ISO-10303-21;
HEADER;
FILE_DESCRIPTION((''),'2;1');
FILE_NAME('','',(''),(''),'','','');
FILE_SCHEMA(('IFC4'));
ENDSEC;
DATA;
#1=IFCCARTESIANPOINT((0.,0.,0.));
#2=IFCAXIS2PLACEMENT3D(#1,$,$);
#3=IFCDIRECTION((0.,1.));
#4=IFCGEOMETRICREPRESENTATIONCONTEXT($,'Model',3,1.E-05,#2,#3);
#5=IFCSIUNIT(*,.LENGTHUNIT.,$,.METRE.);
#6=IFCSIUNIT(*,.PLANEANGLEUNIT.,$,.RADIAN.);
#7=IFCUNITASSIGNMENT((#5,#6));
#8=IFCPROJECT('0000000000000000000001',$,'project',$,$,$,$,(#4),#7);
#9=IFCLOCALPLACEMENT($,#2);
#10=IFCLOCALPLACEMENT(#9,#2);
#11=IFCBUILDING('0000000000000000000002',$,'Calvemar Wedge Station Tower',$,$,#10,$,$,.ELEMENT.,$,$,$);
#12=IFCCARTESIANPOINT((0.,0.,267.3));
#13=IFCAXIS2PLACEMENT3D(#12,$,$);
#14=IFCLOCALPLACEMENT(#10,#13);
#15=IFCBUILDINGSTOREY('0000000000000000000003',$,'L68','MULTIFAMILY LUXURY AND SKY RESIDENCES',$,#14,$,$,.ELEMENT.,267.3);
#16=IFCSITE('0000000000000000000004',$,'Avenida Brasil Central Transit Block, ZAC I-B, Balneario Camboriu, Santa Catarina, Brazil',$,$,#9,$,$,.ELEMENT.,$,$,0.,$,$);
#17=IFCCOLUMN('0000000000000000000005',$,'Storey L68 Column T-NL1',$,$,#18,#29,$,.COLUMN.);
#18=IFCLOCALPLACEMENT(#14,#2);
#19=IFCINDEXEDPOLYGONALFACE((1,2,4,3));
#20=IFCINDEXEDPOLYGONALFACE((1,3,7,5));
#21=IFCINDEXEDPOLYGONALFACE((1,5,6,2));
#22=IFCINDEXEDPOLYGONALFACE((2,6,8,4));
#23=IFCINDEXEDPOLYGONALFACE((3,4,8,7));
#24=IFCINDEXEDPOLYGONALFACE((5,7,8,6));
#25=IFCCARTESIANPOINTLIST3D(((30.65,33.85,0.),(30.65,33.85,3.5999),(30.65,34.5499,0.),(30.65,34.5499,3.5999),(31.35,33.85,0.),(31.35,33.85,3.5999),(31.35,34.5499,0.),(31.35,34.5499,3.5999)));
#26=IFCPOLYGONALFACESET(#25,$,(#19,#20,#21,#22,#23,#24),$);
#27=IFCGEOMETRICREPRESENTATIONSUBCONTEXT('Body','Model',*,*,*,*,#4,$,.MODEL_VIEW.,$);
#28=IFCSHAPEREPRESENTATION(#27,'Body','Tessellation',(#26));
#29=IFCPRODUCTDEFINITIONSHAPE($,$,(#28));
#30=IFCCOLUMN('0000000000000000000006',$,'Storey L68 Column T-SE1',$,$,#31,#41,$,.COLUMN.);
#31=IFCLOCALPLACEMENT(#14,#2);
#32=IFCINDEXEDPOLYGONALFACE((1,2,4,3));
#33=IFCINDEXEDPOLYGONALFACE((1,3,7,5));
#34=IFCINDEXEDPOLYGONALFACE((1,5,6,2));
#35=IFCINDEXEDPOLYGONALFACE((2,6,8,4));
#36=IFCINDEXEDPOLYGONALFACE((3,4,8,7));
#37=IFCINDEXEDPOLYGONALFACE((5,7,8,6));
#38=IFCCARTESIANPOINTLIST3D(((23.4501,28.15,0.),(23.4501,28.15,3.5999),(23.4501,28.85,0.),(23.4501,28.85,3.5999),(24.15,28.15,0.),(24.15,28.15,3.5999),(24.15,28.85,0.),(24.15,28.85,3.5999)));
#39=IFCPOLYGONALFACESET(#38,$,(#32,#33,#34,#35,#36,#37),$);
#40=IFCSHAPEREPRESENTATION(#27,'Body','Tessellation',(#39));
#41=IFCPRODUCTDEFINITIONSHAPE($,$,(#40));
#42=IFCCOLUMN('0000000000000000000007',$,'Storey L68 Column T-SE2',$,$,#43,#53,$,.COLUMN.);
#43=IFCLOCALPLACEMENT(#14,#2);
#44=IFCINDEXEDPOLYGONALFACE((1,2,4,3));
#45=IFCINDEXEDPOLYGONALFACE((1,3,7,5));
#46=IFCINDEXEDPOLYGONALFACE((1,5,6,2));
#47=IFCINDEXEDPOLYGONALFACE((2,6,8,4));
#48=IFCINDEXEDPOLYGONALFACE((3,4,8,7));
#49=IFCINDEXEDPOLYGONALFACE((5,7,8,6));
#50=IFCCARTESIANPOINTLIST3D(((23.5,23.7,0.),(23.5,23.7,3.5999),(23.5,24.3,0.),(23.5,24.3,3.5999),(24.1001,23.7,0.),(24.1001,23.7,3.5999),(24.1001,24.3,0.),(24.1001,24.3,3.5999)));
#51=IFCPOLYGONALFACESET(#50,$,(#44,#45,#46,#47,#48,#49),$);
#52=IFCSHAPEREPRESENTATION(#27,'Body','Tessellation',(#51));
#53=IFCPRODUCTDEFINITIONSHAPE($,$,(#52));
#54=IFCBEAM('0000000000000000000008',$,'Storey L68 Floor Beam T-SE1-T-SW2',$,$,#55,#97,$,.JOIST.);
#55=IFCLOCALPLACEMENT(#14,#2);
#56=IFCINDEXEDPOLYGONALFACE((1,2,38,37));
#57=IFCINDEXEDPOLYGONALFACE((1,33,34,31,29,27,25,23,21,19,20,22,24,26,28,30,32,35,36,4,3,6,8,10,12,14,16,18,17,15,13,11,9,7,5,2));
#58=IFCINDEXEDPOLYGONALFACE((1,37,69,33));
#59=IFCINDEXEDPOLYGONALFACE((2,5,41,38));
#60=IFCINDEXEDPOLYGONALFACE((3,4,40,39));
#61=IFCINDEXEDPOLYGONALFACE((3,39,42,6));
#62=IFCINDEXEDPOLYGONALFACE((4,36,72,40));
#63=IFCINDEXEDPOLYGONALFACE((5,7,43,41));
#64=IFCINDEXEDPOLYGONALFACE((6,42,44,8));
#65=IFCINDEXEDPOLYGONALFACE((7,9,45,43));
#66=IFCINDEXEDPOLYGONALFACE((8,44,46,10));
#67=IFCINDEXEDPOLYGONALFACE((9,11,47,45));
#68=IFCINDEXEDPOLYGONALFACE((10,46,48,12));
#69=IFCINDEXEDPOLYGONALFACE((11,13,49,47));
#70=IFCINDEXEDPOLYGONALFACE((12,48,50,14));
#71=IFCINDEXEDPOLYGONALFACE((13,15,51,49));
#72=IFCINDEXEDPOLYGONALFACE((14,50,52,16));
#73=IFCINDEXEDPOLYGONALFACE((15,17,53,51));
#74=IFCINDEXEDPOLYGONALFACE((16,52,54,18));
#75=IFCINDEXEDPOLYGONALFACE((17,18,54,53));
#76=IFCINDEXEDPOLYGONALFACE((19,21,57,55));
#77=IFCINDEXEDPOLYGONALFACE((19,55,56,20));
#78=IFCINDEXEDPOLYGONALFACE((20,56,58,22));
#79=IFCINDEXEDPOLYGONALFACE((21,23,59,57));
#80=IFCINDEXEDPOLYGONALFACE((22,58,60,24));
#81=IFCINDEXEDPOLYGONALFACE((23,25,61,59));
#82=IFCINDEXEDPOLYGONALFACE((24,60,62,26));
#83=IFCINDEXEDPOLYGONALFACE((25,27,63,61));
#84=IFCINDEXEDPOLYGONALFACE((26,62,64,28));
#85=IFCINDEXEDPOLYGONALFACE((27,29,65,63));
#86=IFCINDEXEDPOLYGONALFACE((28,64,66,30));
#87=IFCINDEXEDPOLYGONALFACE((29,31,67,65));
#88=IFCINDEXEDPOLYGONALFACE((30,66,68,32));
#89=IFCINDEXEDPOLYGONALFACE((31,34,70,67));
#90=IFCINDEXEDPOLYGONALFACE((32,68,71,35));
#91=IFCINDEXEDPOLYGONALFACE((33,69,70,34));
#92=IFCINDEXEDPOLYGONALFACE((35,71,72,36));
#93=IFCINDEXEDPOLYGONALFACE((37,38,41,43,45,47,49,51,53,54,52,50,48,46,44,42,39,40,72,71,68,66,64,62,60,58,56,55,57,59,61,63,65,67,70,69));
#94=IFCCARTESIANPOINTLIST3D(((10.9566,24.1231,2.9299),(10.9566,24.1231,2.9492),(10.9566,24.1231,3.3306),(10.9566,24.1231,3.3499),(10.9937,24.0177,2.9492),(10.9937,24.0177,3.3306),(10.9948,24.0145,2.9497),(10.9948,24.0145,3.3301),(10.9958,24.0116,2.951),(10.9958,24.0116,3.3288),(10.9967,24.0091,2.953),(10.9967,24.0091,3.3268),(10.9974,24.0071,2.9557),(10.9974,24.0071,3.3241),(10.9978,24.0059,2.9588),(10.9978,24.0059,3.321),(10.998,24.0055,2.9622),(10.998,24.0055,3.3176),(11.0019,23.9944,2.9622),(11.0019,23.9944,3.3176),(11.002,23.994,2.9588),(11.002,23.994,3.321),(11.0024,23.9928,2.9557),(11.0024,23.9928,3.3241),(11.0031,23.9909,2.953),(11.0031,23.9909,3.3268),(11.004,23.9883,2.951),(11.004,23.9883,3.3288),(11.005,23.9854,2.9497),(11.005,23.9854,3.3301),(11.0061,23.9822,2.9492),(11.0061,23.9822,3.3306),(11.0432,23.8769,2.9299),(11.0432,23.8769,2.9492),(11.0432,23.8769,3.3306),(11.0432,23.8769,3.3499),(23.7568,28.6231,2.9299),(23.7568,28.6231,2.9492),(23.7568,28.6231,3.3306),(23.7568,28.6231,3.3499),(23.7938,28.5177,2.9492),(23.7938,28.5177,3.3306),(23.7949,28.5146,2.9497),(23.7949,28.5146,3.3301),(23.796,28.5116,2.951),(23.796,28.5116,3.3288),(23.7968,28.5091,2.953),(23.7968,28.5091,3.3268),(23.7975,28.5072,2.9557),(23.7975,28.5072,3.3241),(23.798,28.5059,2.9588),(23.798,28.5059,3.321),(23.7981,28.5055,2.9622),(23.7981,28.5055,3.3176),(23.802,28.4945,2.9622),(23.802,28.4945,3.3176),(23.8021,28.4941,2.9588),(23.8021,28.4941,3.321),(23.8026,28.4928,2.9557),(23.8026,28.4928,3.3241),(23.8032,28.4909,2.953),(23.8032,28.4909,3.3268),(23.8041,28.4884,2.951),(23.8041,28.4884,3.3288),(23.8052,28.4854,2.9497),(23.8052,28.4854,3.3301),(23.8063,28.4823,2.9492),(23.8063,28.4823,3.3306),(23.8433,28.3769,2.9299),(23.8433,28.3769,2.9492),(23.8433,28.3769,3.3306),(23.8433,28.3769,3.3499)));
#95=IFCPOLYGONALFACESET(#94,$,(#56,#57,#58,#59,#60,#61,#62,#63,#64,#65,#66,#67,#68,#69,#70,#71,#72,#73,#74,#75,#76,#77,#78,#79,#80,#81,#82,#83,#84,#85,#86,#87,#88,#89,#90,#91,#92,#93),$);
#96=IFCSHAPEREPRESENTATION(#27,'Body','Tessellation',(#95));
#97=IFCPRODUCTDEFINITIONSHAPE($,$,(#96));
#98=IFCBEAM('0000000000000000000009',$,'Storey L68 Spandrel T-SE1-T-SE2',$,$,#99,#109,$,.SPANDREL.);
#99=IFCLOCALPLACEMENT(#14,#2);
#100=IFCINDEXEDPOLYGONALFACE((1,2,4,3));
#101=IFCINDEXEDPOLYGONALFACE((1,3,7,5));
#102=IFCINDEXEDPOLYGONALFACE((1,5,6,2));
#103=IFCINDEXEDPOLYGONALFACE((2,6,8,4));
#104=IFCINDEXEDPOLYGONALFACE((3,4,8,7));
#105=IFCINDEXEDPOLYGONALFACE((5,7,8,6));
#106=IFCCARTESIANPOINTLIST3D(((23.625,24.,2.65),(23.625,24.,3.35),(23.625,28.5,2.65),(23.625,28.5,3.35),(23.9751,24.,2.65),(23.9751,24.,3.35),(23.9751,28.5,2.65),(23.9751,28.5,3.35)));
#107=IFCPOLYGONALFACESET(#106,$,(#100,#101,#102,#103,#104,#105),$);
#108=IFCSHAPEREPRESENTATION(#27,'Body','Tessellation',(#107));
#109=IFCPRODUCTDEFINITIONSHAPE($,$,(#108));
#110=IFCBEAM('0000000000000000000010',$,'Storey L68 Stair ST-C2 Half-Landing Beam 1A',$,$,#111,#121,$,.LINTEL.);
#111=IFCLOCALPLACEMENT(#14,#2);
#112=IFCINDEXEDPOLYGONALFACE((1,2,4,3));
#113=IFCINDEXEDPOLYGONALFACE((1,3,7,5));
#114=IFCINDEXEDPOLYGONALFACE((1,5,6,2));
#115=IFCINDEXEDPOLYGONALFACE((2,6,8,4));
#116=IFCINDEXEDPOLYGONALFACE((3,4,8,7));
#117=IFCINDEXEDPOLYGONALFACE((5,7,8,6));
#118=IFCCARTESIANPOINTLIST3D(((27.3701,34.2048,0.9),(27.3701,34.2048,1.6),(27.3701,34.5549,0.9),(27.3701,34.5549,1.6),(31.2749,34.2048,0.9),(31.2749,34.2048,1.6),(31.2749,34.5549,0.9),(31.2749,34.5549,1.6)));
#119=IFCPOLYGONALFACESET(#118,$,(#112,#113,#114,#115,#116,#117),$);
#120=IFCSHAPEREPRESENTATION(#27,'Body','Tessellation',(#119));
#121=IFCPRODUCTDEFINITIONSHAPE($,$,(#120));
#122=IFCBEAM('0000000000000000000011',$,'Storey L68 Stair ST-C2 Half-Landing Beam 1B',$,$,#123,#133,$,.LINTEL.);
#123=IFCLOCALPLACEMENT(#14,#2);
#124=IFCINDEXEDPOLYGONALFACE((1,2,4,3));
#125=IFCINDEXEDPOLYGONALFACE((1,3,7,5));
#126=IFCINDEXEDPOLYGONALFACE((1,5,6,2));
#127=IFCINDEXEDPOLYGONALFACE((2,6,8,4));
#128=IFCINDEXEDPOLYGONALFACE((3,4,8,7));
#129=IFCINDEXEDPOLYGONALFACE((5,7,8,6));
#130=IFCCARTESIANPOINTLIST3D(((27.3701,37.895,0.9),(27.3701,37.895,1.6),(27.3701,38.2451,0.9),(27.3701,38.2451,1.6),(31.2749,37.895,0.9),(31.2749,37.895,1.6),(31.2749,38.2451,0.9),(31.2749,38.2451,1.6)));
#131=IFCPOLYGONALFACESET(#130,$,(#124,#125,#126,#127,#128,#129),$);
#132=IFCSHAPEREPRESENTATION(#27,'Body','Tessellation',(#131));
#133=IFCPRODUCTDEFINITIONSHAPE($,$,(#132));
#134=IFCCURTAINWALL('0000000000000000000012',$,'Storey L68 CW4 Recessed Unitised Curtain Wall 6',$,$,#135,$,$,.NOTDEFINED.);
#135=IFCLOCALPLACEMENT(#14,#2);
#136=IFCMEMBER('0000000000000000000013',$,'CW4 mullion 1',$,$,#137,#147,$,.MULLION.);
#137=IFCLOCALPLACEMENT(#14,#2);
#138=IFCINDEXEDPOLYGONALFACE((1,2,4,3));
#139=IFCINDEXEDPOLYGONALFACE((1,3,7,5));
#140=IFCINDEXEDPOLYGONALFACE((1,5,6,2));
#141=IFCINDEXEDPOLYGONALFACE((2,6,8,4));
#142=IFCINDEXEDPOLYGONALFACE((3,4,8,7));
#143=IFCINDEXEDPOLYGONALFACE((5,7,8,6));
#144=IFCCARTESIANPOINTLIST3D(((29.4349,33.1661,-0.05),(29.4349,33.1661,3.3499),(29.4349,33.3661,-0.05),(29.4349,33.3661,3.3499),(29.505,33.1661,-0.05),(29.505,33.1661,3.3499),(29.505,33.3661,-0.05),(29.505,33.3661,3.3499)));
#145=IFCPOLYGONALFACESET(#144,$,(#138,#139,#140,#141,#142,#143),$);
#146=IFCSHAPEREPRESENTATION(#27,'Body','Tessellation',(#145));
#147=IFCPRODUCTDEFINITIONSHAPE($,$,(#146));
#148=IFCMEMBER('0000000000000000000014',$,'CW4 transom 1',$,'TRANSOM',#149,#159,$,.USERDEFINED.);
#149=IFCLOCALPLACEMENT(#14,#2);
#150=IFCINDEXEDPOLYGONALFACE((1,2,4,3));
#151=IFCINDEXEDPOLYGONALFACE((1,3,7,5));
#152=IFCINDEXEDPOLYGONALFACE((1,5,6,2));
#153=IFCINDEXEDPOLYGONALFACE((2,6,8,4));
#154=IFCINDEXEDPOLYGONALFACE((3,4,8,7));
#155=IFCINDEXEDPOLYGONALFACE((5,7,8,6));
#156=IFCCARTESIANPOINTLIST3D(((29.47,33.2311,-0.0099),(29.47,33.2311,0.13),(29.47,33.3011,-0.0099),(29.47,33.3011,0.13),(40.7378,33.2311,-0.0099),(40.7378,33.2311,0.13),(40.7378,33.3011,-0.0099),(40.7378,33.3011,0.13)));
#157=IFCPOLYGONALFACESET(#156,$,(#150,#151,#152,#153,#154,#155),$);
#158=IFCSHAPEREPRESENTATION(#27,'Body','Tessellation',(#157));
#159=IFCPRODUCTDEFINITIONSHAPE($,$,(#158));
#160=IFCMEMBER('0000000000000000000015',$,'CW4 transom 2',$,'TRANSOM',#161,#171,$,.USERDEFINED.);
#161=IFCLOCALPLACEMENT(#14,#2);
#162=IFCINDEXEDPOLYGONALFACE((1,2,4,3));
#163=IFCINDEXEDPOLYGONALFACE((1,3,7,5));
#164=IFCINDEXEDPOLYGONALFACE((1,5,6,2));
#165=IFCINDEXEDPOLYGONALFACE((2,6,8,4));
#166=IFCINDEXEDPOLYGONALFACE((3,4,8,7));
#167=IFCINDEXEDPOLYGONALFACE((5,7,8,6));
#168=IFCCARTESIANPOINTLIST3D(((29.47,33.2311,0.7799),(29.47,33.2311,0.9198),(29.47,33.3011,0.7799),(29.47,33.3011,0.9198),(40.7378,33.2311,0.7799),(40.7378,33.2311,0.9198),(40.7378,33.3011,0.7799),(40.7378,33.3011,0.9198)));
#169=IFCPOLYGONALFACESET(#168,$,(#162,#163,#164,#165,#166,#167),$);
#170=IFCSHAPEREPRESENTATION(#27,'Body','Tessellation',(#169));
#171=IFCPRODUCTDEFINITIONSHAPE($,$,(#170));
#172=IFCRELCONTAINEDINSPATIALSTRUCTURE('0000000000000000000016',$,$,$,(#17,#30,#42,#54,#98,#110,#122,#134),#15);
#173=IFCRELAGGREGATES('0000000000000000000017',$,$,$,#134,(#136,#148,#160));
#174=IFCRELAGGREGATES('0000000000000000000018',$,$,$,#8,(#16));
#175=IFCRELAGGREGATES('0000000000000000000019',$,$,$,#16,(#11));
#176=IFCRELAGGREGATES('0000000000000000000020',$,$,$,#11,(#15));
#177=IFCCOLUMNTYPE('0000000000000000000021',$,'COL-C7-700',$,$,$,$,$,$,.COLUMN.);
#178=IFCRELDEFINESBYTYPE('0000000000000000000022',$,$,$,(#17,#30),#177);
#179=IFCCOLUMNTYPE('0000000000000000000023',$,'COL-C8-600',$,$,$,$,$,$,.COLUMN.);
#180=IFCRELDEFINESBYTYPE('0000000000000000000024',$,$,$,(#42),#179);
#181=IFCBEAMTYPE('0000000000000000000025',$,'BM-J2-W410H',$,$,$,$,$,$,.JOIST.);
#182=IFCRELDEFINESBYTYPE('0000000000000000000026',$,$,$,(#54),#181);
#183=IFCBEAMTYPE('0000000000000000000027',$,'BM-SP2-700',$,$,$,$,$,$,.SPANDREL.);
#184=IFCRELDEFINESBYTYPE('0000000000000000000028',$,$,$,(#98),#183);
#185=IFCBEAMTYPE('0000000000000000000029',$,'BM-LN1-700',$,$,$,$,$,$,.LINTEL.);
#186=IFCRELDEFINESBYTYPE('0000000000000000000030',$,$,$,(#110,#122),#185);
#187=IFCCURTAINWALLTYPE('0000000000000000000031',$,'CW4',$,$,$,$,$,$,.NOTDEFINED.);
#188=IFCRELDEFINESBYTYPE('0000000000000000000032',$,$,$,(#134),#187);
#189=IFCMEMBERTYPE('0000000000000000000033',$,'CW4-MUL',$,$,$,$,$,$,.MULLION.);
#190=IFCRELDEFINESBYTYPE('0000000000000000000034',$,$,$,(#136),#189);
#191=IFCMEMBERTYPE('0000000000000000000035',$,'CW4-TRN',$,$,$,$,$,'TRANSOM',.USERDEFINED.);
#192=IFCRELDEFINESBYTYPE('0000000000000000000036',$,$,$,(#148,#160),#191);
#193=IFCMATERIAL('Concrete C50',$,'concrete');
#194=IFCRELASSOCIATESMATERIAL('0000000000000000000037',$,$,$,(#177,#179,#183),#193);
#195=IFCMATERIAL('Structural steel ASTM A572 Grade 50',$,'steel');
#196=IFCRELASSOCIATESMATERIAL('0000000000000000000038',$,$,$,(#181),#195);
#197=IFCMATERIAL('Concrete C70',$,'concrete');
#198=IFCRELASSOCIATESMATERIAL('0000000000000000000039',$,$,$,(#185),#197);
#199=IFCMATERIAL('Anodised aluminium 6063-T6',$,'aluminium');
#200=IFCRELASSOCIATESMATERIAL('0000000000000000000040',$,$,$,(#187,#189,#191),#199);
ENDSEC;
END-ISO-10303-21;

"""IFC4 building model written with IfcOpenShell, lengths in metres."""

from ifc_helpers import new_model, si_unit, direction, frame, origin, origin_2d, place, context, subcontext, project, spatial, rectangle, i_section, extrude, source, transform, mapped, material, material_profile, profile_set, type_object, element, aggregate, save


model = new_model("IFC4")

# Units and contexts
model_context = context("Model", 3, precision=1e-05, world=origin(), true_north=direction((0.0, 1.0)))
body_context = subcontext(model_context, "Body", "Model", "MODEL_VIEW")
ifc_project = project(units=[si_unit("LENGTHUNIT", "METRE"), si_unit("PLANEANGLEUNIT", "RADIAN")], contexts=[model_context])

# Site, building, storey
site_placement = place(None, origin())
site = spatial("IfcSite", under=ifc_project, at=site_placement, Name="Avenida Brasil Central Transit Block, ZAC I-B, Balneario Camboriu, Santa Catarina, Brazil", CompositionType="ELEMENT", RefElevation=0.0)
building_placement = place(site_placement, origin())
building = spatial("IfcBuilding", under=site, at=building_placement, Name="Calvemar Wedge Station Tower", CompositionType="ELEMENT")
storey_placement = place(building_placement, frame((0.0, 0.0, 267.3)))
storey = spatial("IfcBuildingStorey", under=building, at=storey_placement, Name="L68", Description="MULTIFAMILY LUXURY AND SKY RESIDENCES", CompositionType="ELEMENT", Elevation=267.3)

# Columns
ifc_material_1 = material(Name="Concrete C50", Category="concrete")
ifc_material_profile_1 = material_profile(ifc_material_1, rectangle(XDim=0.7, YDim=0.7, at=origin_2d()), Name="RC700x700")
ifc_profile_set_1 = profile_set([ifc_material_profile_1], Name="Concrete C50")
column_type_1 = type_object("IfcColumnType", Name="COL-C7-700", PredefinedType="COLUMN", material=ifc_profile_set_1)
shared_shape_1 = source(origin(), body_context, "Body", "SweptSolid", [
    extrude(rectangle(XDim=0.7, YDim=0.7, at=origin_2d()), origin(), (0.0, 0.0, 1.0), 3.5999),
])
for number, where, z_axis, x_axis, name in (
    (1, (31.0, 34.2, 0.0), (0.0, 0.0, 1.0), (1.0, 0.0, 0.0), "Storey L68 Column T-NL1"),
    (2, (23.8, 28.5, 0.0), (0.0, 0.0, 1.0), (1.0, 0.0, 0.0), "Storey L68 Column T-SE1"),
):
    element("IfcColumn", number, at=place(storey_placement, frame(where, z_axis=z_axis, x_axis=x_axis)), inside=storey, type_object=column_type_1, Name=name, PredefinedType="COLUMN", context=body_context, shape_type="MappedRepresentation", body=[
        mapped(shared_shape_1, transform((0.0, 0.0, 0.0), scale=1.0)),
    ])
ifc_material_profile_2 = material_profile(ifc_material_1, rectangle(XDim=0.6001, YDim=0.6001, at=origin_2d()), Name="RC600x600")
ifc_profile_set_2 = profile_set([ifc_material_profile_2], Name="Concrete C50")
column_type_2 = type_object("IfcColumnType", Name="COL-C8-600", PredefinedType="COLUMN", material=ifc_profile_set_2)
shared_shape_2 = source(origin(), body_context, "Body", "SweptSolid", [
    extrude(rectangle(XDim=0.6001, YDim=0.6001, at=origin_2d()), origin(), (0.0, 0.0, 1.0), 3.5999),
])
column_placement = place(storey_placement, frame((23.8, 24.0, 0.0), z_axis=(0.0, 0.0, 1.0), x_axis=(1.0, 0.0, 0.0)))
element("IfcColumn", 3, at=column_placement, inside=storey, type_object=column_type_2, Name="Storey L68 Column T-SE2", PredefinedType="COLUMN", context=body_context, shape_type="MappedRepresentation", body=[
    mapped(shared_shape_2, transform((0.0, 0.0, 0.0), scale=1.0)),
])

# Beams
ifc_material_2 = material(Name="Structural steel ASTM A572 Grade 50", Category="steel")
ifc_material_profile_3 = material_profile(ifc_material_2, i_section(OverallWidth=0.261, OverallDepth=0.4199, WebThickness=0.0117, FlangeThickness=0.0193, FilletRadius=0.0129, at=origin_2d()), Name="W410x114")
ifc_profile_set_3 = profile_set([ifc_material_profile_3], Name="Structural steel ASTM A572 Grade 50")
beam_type_1 = type_object("IfcBeamType", Name="BM-J2-W410H", PredefinedType="JOIST", material=ifc_profile_set_3)
shared_shape_3 = source(origin(), body_context, "Body", "SweptSolid", [
    extrude(i_section(OverallWidth=0.261, OverallDepth=0.4199, WebThickness=0.0117, FlangeThickness=0.0193, FilletRadius=0.0129, at=origin_2d()), origin(), (0.0, 0.0, 1.0), 13.5681),
])
beam_1_placement = place(storey_placement, frame((23.8, 28.5, 3.1399), z_axis=(-0.943398, -0.331662, 0.0), x_axis=(0.331662, -0.943398, 0.0)))
element("IfcBeam", 4, at=beam_1_placement, inside=storey, type_object=beam_type_1, Name="Storey L68 Floor Beam T-SE1-T-SW2", PredefinedType="JOIST", context=body_context, shape_type="MappedRepresentation", body=[
    mapped(shared_shape_3, transform((0.0, 0.0, 0.0), scale=1.0)),
])
ifc_material_profile_4 = material_profile(ifc_material_1, rectangle(XDim=0.3501, YDim=0.7, at=origin_2d()), Name="RC350x700")
ifc_profile_set_4 = profile_set([ifc_material_profile_4], Name="Concrete C50")
beam_type_2 = type_object("IfcBeamType", Name="BM-SP2-700", PredefinedType="SPANDREL", material=ifc_profile_set_4)
shared_shape_4 = source(origin(), body_context, "Body", "SweptSolid", [
    extrude(rectangle(XDim=0.3501, YDim=0.7, at=origin_2d()), origin(), (0.0, 0.0, 1.0), 4.5),
])
beam_2_placement = place(storey_placement, frame((23.8, 28.5, 3.0), z_axis=(0.0, -1.0, 0.0), x_axis=(1.0, 0.0, 0.0)))
element("IfcBeam", 5, at=beam_2_placement, inside=storey, type_object=beam_type_2, Name="Storey L68 Spandrel T-SE1-T-SE2", PredefinedType="SPANDREL", context=body_context, shape_type="MappedRepresentation", body=[
    mapped(shared_shape_4, transform((0.0, 0.0, 0.0), scale=1.0)),
])
ifc_material_3 = material(Name="Concrete C70", Category="concrete")
ifc_material_profile_5 = material_profile(ifc_material_3, rectangle(XDim=0.3501, YDim=0.7, at=origin_2d()), Name="RC350x700")
ifc_profile_set_5 = profile_set([ifc_material_profile_5], Name="Concrete C70")
beam_type_3 = type_object("IfcBeamType", Name="BM-LN1-700", PredefinedType="LINTEL", material=ifc_profile_set_5)
shared_shape_5 = source(origin(), body_context, "Body", "SweptSolid", [
    extrude(rectangle(XDim=0.3501, YDim=0.7, at=origin_2d()), origin(), (0.0, 0.0, 1.0), 3.9048),
])
for number, where, z_axis, x_axis, name in (
    (6, (27.3701, 34.3799, 1.25), (1.0, 0.0, 0.0), (0.0, 1.0, 0.0), "Storey L68 Stair ST-C2 Half-Landing Beam 1A"),
    (7, (27.3701, 38.0701, 1.25), (1.0, 0.0, 0.0), (0.0, 1.0, 0.0), "Storey L68 Stair ST-C2 Half-Landing Beam 1B"),
):
    element("IfcBeam", number, at=place(storey_placement, frame(where, z_axis=z_axis, x_axis=x_axis)), inside=storey, type_object=beam_type_3, Name=name, PredefinedType="LINTEL", context=body_context, shape_type="MappedRepresentation", body=[
        mapped(shared_shape_5, transform((0.0, 0.0, 0.0), scale=1.0)),
    ])

# Curtain wall, members
ifc_material_4 = material(Name="Anodised aluminium 6063-T6", Category="aluminium")
curtain_wall_type = type_object("IfcCurtainWallType", Name="CW4", PredefinedType="NOTDEFINED", material=ifc_material_4)
curtain_wall_placement = place(storey_placement, origin())
curtain_wall = element("IfcCurtainWall", 8, at=curtain_wall_placement, inside=storey, type_object=curtain_wall_type, Name="Storey L68 CW4 Recessed Unitised Curtain Wall 6", PredefinedType="NOTDEFINED")
ifc_material_profile_6 = material_profile(ifc_material_4, rectangle(XDim=0.0701, YDim=0.2, at=origin_2d()), Name="AL-MUL-70x200")
ifc_profile_set_6 = profile_set([ifc_material_profile_6], Name="Anodised aluminium 6063-T6")
member_type_1 = type_object("IfcMemberType", Name="CW4-MUL", PredefinedType="MULLION", material=ifc_profile_set_6)
shared_shape_6 = source(origin(), body_context, "Body", "SweptSolid", [
    extrude(rectangle(XDim=0.0701, YDim=0.2, at=origin_2d()), origin(), (0.0, 0.0, 1.0), 3.3999),
])
member_1_placement = place(storey_placement, frame((29.47, 33.2661, -0.05), z_axis=(0.0, 0.0, 1.0), x_axis=(1.0, 0.0, 0.0)))
member_1 = element("IfcMember", 9, at=member_1_placement, type_object=member_type_1, Name="CW4 mullion 1", PredefinedType="MULLION", context=body_context, shape_type="MappedRepresentation", body=[
    mapped(shared_shape_6, transform((0.0, 0.0, 0.0), scale=1.0)),
])
ifc_material_profile_7 = material_profile(ifc_material_4, rectangle(XDim=0.0701, YDim=0.1399, at=origin_2d()), Name="AL-TRN-70x140")
ifc_profile_set_7 = profile_set([ifc_material_profile_7], Name="Anodised aluminium 6063-T6")
member_type_2 = type_object("IfcMemberType", Name="CW4-TRN", ElementType="TRANSOM", PredefinedType="USERDEFINED", material=ifc_profile_set_7)
shared_shape_7 = source(origin(), body_context, "Body", "SweptSolid", [
    extrude(rectangle(XDim=0.0701, YDim=0.1399, at=origin_2d()), origin(), (0.0, 0.0, 1.0), 11.2678),
])
member_2_placement = place(storey_placement, frame((29.47, 33.2661, 0.0601), z_axis=(1.0, 0.0, 0.0), x_axis=(0.0, 1.0, 0.0)))
member_2 = element("IfcMember", 10, at=member_2_placement, type_object=member_type_2, Name="CW4 transom 1", ObjectType="TRANSOM", PredefinedType="USERDEFINED", context=body_context, shape_type="MappedRepresentation", body=[
    mapped(shared_shape_7, transform((0.0, 0.0, 0.0), scale=1.0)),
])
member_3_placement = place(storey_placement, frame((29.47, 33.2661, 0.8499), z_axis=(1.0, 0.0, 0.0), x_axis=(0.0, 1.0, 0.0)))
member_3 = element("IfcMember", 11, at=member_3_placement, type_object=member_type_2, Name="CW4 transom 2", ObjectType="TRANSOM", PredefinedType="USERDEFINED", context=body_context, shape_type="MappedRepresentation", body=[
    mapped(shared_shape_7, transform((0.0, 0.0, 0.0), scale=1.0)),
])
aggregate(curtain_wall, [member_1, member_2, member_3])

save(model, "model.ifc")
